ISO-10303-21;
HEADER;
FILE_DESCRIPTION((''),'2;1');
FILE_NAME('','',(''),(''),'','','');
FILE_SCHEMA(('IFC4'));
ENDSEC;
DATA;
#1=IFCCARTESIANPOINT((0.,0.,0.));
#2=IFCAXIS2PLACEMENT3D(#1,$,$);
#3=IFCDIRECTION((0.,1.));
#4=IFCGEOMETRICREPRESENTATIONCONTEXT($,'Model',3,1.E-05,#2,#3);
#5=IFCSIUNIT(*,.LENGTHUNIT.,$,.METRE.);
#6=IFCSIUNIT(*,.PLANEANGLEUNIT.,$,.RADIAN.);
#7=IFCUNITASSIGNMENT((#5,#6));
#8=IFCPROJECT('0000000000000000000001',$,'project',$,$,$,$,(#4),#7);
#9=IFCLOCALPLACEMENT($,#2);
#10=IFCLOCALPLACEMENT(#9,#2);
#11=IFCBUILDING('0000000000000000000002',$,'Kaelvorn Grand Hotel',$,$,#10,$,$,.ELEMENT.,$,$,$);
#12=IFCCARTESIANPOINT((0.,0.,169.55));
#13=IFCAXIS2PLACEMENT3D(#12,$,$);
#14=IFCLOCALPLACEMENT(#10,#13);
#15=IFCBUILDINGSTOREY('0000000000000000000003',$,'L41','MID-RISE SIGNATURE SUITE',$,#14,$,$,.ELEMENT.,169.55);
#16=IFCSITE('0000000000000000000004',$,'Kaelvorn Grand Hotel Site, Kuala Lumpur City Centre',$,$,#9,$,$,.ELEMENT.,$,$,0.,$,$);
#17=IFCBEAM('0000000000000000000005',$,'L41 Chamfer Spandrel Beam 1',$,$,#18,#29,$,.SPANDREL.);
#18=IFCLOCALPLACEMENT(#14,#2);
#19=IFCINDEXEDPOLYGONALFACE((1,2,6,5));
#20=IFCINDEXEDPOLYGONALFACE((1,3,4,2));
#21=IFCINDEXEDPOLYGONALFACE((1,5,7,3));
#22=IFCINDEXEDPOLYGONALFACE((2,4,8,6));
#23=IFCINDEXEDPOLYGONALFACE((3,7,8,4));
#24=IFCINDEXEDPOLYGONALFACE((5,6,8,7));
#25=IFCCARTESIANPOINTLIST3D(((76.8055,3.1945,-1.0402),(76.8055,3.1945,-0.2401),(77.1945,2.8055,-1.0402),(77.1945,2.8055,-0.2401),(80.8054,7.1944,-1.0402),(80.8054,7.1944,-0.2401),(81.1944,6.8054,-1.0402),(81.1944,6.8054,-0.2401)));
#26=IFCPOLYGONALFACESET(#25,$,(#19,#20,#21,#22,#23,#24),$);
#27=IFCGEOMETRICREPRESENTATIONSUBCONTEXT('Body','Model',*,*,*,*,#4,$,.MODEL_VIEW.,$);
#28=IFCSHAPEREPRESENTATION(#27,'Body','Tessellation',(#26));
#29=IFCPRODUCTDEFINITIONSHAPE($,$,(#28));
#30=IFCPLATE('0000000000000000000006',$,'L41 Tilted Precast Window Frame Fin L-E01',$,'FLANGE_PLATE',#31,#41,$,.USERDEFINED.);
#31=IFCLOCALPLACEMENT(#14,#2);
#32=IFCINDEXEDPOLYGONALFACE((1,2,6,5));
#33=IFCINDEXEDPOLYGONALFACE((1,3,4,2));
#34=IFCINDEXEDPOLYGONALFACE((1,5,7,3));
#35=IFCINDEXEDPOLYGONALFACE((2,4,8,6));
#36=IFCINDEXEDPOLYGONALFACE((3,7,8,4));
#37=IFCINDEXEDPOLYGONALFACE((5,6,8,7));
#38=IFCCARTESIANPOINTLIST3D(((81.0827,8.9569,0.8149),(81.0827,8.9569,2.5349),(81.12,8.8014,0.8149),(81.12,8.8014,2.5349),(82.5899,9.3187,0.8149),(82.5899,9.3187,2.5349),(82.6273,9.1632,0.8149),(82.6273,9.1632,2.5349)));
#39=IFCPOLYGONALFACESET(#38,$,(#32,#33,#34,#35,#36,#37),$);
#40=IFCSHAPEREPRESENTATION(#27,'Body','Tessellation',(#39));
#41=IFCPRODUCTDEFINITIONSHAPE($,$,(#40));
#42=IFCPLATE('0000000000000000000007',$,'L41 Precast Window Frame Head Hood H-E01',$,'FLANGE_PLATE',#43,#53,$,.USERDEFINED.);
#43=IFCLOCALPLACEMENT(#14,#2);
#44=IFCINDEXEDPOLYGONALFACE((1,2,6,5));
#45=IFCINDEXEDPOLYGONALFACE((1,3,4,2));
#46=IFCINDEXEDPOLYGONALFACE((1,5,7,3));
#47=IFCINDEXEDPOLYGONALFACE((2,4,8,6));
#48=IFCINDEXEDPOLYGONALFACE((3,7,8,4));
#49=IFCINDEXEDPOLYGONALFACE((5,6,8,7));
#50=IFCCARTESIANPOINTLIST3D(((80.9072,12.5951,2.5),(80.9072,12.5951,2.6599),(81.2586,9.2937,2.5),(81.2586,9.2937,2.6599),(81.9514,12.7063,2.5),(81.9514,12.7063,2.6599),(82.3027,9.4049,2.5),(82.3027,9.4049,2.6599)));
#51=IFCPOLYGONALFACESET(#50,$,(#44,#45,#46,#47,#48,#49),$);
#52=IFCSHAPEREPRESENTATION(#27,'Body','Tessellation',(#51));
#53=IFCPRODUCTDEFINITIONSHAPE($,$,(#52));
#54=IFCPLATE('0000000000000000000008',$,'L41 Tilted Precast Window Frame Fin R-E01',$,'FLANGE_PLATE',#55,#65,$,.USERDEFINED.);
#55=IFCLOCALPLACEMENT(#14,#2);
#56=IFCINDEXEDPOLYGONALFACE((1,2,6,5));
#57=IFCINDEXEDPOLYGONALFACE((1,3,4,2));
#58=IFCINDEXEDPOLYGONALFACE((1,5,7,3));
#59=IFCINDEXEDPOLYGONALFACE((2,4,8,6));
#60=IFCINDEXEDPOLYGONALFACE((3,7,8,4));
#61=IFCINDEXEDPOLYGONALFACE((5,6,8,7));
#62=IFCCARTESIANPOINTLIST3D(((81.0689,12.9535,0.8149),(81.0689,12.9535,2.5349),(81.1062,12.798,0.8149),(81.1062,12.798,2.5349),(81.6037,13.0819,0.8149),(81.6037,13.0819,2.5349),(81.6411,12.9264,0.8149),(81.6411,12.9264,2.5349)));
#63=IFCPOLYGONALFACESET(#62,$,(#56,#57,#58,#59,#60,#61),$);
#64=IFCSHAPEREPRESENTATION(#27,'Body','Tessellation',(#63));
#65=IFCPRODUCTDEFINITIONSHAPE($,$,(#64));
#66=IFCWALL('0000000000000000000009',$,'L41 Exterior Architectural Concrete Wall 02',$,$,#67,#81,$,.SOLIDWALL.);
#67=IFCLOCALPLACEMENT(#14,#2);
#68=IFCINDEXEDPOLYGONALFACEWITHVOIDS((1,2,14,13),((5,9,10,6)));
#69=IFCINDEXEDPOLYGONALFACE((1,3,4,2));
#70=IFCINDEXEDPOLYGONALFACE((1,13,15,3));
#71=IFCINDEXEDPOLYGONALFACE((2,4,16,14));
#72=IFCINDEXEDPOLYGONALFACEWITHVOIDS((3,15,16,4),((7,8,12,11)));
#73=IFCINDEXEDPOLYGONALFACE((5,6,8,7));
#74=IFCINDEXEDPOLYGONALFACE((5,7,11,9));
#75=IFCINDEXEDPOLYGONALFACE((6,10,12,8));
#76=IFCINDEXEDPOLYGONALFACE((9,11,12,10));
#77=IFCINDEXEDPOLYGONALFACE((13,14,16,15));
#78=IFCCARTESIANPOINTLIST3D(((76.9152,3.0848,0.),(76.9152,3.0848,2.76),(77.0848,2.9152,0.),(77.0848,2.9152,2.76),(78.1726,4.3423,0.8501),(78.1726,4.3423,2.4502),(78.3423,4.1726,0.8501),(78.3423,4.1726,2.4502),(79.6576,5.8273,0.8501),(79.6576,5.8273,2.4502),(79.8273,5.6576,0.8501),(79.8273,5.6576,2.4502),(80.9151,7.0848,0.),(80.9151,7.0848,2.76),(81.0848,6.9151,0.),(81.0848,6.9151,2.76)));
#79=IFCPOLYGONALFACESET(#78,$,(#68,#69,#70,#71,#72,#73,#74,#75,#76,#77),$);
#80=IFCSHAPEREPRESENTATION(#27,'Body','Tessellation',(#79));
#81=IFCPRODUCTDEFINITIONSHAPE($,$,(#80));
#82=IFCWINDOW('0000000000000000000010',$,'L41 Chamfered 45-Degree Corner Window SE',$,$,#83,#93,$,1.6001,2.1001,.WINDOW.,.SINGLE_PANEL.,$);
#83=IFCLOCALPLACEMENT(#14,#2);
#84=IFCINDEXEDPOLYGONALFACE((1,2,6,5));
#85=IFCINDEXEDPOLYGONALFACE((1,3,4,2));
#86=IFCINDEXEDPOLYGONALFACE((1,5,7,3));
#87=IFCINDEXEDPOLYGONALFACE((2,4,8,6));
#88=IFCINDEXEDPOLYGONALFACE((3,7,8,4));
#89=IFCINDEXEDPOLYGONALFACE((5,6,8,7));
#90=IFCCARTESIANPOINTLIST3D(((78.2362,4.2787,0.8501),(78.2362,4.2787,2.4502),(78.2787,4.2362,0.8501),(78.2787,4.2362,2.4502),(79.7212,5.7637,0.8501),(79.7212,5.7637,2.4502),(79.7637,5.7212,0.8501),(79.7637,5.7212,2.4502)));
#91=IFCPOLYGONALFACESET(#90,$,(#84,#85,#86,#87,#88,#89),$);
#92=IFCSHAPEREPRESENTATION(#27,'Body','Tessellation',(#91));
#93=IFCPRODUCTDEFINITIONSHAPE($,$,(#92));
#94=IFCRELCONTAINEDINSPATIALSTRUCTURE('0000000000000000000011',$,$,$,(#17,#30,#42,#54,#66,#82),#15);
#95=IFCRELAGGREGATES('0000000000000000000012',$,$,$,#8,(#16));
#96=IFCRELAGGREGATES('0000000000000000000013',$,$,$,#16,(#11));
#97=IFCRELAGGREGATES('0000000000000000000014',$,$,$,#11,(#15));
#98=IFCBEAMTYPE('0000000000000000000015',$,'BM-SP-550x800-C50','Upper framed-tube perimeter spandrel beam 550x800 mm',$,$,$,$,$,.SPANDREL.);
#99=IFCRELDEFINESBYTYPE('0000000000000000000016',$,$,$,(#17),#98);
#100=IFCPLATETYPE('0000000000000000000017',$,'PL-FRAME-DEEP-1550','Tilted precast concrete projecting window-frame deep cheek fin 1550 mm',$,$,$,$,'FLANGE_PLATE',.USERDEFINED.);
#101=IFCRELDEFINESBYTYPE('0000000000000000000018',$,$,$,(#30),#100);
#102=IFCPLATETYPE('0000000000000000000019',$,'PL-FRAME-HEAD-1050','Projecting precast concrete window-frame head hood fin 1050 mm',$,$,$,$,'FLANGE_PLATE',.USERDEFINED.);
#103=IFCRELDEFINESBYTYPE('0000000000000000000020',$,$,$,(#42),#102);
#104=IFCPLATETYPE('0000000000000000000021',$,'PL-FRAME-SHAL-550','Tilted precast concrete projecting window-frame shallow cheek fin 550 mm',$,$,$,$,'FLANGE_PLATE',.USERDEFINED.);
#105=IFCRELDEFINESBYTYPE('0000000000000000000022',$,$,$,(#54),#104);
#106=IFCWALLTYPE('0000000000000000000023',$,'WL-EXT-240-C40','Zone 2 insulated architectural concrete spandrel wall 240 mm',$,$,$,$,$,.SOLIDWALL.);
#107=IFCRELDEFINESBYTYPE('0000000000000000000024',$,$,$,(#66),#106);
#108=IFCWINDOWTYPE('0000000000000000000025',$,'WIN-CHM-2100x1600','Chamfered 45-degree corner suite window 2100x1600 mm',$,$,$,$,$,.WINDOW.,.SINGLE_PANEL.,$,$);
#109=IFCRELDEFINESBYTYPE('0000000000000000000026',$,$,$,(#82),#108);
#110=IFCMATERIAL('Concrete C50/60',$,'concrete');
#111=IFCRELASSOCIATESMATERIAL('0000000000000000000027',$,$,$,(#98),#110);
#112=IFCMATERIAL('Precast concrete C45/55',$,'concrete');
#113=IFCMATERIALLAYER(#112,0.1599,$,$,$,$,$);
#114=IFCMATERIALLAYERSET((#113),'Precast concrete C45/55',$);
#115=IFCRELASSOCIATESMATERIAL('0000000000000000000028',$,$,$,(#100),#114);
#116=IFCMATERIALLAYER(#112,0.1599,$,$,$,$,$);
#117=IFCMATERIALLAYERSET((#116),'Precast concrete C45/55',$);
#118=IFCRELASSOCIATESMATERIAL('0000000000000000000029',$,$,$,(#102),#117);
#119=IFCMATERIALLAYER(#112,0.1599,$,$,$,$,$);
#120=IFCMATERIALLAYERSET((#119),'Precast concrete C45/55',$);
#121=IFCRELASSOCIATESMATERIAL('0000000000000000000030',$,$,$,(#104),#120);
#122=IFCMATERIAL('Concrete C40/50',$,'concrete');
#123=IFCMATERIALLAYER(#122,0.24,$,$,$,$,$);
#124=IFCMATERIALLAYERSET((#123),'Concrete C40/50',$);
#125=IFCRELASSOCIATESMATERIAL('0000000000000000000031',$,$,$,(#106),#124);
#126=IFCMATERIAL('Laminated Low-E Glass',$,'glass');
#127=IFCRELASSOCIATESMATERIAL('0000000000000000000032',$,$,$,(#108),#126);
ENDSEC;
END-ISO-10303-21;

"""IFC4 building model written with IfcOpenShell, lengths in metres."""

from ifc_helpers import new_model, si_unit, direction, frame, frame_2d, origin, origin_2d, place, context, subcontext, project, spatial, rectangle, extrude, material, layer, layer_set, material_profile, profile_set, type_object, element, fill, save


model = new_model("IFC4")

# Units and contexts
model_context = context("Model", 3, precision=1e-05, world=origin(), true_north=direction((0.0, 1.0)))
body_context = subcontext(model_context, "Body", "Model", "MODEL_VIEW")
ifc_project = project(units=[si_unit("LENGTHUNIT", "METRE"), si_unit("PLANEANGLEUNIT", "RADIAN")], contexts=[model_context])

# Site, building, storey
site_placement = place(None, origin())
site = spatial("IfcSite", under=ifc_project, at=site_placement, Name="Kaelvorn Grand Hotel Site, Kuala Lumpur City Centre", CompositionType="ELEMENT", RefElevation=0.0)
building_placement = place(site_placement, origin())
building = spatial("IfcBuilding", under=site, at=building_placement, Name="Kaelvorn Grand Hotel", CompositionType="ELEMENT")
storey_placement = place(building_placement, frame((0.0, 0.0, 169.55)))
storey = spatial("IfcBuildingStorey", under=building, at=storey_placement, Name="L41", Description="MID-RISE SIGNATURE SUITE", CompositionType="ELEMENT", Elevation=169.55)

# Beam
ifc_material_1 = material(Name="Concrete C40/50", Category="concrete")
ifc_material_2 = material(Name="Concrete C50/60", Category="concrete")
ifc_material_profile_1 = material_profile(ifc_material_2, rectangle(XDim=0.55, YDim=0.8, at=origin_2d()), Name="RC SPANDREL 550x800")
ifc_profile_set_1 = profile_set([ifc_material_profile_1], Name="Concrete C50/60")
beam_type_1 = type_object("IfcBeamType", Name="BM-SP-550x800-C50", Description="Upper framed-tube perimeter spandrel beam 550x800 mm", PredefinedType="SPANDREL", material=ifc_profile_set_1)
beam_1_placement = place(storey_placement, frame((77.0, 3.0, -0.6401), z_axis=(0.707107, 0.707107, 0.0), x_axis=(-0.707107, 0.707107, 0.0)))
element("IfcBeam", 1, at=beam_1_placement, inside=storey, type_object=beam_type_1, Name="L41 Chamfer Spandrel Beam 1", PredefinedType="SPANDREL", context=body_context, shape_type="SweptSolid", body=[
    extrude(rectangle(XDim=0.55, YDim=0.8, at=origin_2d()), origin(), (0.0, 0.0, 1.0), 5.6567),
])

# Plates
ifc_material_3 = material(Name="Precast concrete C45/55", Category="concrete")
ifc_layer_1 = layer(ifc_material_3, 0.1599)
ifc_layer_set_1 = layer_set([ifc_layer_1], Name="Precast concrete C45/55")
plate_type_1 = type_object("IfcPlateType", Name="PL-FRAME-DEEP-1550", Description="Tilted precast concrete projecting window-frame deep cheek fin 1550 mm", ElementType="FLANGE_PLATE", PredefinedType="USERDEFINED", material=ifc_layer_set_1)
plate_1_placement = place(storey_placement, frame((81.855, 9.0601, 0.8149), z_axis=(0.0, 0.0, 1.0), x_axis=(-0.233445, 0.97237, 0.0)))
element("IfcPlate", 2, at=plate_1_placement, inside=storey, type_object=plate_type_1, Name="L41 Tilted Precast Window Frame Fin L-E01", ObjectType="FLANGE_PLATE", PredefinedType="USERDEFINED", context=body_context, shape_type="SweptSolid", body=[
    extrude(rectangle(XDim=0.1599, YDim=1.55, at=origin_2d()), origin(), (0.0, 0.0, 1.0), 1.72),
])
ifc_layer_2 = layer(ifc_material_3, 0.1599)
ifc_layer_set_2 = layer_set([ifc_layer_2], Name="Precast concrete C45/55")
plate_type_2 = type_object("IfcPlateType", Name="PL-FRAME-HEAD-1050", Description="Projecting precast concrete window-frame head hood fin 1050 mm", ElementType="FLANGE_PLATE", PredefinedType="USERDEFINED", material=ifc_layer_set_2)
plate_2_placement = place(storey_placement, frame((81.605, 11.0, 2.5), z_axis=(0.0, 0.0, 1.0), x_axis=(-0.10583, 0.994384, 0.0)))
element("IfcPlate", 3, at=plate_2_placement, inside=storey, type_object=plate_type_2, Name="L41 Precast Window Frame Head Hood H-E01", ObjectType="FLANGE_PLATE", PredefinedType="USERDEFINED", context=body_context, shape_type="SweptSolid", body=[
    extrude(rectangle(XDim=3.3201, YDim=1.05, at=origin_2d()), origin(), (0.0, 0.0, 1.0), 0.1599),
])
ifc_layer_3 = layer(ifc_material_3, 0.1599)
ifc_layer_set_3 = layer_set([ifc_layer_3], Name="Precast concrete C45/55")
plate_type_3 = type_object("IfcPlateType", Name="PL-FRAME-SHAL-550", Description="Tilted precast concrete projecting window-frame shallow cheek fin 550 mm", ElementType="FLANGE_PLATE", PredefinedType="USERDEFINED", material=ifc_layer_set_3)
plate_3_placement = place(storey_placement, frame((81.355, 12.9399, 0.8149), z_axis=(0.0, 0.0, 1.0), x_axis=(-0.233445, 0.97237, 0.0)))
element("IfcPlate", 4, at=plate_3_placement, inside=storey, type_object=plate_type_3, Name="L41 Tilted Precast Window Frame Fin R-E01", ObjectType="FLANGE_PLATE", PredefinedType="USERDEFINED", context=body_context, shape_type="SweptSolid", body=[
    extrude(rectangle(XDim=0.1599, YDim=0.55, at=origin_2d()), origin(), (0.0, 0.0, 1.0), 1.72),
])

# Wall, opening, window
ifc_layer_4 = layer(ifc_material_1, 0.24)
ifc_layer_set_4 = layer_set([ifc_layer_4], Name="Concrete C40/50")
wall_type_1 = type_object("IfcWallType", Name="WL-EXT-240-C40", Description="Zone 2 insulated architectural concrete spandrel wall 240 mm", PredefinedType="SOLIDWALL", material=ifc_layer_set_4)
wall_1_placement = place(storey_placement, frame((77.0, 3.0, 0.0), z_axis=(0.0, 0.0, 1.0), x_axis=(0.707107, 0.707107, 0.0)))
wall_1 = element("IfcWall", 5, at=wall_1_placement, inside=storey, type_object=wall_type_1, Name="L41 Exterior Architectural Concrete Wall 02", PredefinedType="SOLIDWALL", context=body_context, shape_type="SweptSolid", body=[
    extrude(rectangle(XDim=5.6567, YDim=0.24, at=frame_2d((2.8284, 0.0))), origin(), (0.0, 0.0, 1.0), 2.76),
])
opening_1_placement = place(wall_1_placement, frame((1.7783, 0.0, 0.8501)))
opening_1 = element("IfcOpeningElement", 6, at=opening_1_placement, cuts=wall_1, PredefinedType="OPENING", context=body_context, shape_type="SweptSolid", body=[
    extrude(rectangle(XDim=2.1001, YDim=1.6001, at=frame_2d((1.05, 0.8))), frame((0.0, 0.1299, 0.0), z_axis=(0.0, -1.0, 0.0), x_axis=(1.0, 0.0, 0.0)), (0.0, 0.0, 1.0), 0.26),
])
ifc_material_4 = material(Name="Laminated Low-E Glass", Category="glass")
window_type_1 = type_object("IfcWindowType", Name="WIN-CHM-2100x1600", Description="Chamfered 45-degree corner suite window 2100x1600 mm", PartitioningType="SINGLE_PANEL", PredefinedType="WINDOW", material=ifc_material_4)
window_1_placement = place(opening_1_placement, origin())
window_1 = element("IfcWindow", 7, at=window_1_placement, inside=storey, type_object=window_type_1, Name="L41 Chamfered 45-Degree Corner Window SE", OverallHeight=1.6001, OverallWidth=2.1001, PartitioningType="SINGLE_PANEL", PredefinedType="WINDOW", context=body_context, shape_type="SweptSolid", body=[
    extrude(rectangle(XDim=2.1001, YDim=1.6001, at=frame_2d((1.05, 0.8))), frame((0.0, 0.03, 0.0), z_axis=(0.0, -1.0, 0.0), x_axis=(1.0, 0.0, 0.0)), (0.0, 0.0, 1.0), 0.0601),
])
fill(opening_1, window_1)

save(model, "model.ifc")
